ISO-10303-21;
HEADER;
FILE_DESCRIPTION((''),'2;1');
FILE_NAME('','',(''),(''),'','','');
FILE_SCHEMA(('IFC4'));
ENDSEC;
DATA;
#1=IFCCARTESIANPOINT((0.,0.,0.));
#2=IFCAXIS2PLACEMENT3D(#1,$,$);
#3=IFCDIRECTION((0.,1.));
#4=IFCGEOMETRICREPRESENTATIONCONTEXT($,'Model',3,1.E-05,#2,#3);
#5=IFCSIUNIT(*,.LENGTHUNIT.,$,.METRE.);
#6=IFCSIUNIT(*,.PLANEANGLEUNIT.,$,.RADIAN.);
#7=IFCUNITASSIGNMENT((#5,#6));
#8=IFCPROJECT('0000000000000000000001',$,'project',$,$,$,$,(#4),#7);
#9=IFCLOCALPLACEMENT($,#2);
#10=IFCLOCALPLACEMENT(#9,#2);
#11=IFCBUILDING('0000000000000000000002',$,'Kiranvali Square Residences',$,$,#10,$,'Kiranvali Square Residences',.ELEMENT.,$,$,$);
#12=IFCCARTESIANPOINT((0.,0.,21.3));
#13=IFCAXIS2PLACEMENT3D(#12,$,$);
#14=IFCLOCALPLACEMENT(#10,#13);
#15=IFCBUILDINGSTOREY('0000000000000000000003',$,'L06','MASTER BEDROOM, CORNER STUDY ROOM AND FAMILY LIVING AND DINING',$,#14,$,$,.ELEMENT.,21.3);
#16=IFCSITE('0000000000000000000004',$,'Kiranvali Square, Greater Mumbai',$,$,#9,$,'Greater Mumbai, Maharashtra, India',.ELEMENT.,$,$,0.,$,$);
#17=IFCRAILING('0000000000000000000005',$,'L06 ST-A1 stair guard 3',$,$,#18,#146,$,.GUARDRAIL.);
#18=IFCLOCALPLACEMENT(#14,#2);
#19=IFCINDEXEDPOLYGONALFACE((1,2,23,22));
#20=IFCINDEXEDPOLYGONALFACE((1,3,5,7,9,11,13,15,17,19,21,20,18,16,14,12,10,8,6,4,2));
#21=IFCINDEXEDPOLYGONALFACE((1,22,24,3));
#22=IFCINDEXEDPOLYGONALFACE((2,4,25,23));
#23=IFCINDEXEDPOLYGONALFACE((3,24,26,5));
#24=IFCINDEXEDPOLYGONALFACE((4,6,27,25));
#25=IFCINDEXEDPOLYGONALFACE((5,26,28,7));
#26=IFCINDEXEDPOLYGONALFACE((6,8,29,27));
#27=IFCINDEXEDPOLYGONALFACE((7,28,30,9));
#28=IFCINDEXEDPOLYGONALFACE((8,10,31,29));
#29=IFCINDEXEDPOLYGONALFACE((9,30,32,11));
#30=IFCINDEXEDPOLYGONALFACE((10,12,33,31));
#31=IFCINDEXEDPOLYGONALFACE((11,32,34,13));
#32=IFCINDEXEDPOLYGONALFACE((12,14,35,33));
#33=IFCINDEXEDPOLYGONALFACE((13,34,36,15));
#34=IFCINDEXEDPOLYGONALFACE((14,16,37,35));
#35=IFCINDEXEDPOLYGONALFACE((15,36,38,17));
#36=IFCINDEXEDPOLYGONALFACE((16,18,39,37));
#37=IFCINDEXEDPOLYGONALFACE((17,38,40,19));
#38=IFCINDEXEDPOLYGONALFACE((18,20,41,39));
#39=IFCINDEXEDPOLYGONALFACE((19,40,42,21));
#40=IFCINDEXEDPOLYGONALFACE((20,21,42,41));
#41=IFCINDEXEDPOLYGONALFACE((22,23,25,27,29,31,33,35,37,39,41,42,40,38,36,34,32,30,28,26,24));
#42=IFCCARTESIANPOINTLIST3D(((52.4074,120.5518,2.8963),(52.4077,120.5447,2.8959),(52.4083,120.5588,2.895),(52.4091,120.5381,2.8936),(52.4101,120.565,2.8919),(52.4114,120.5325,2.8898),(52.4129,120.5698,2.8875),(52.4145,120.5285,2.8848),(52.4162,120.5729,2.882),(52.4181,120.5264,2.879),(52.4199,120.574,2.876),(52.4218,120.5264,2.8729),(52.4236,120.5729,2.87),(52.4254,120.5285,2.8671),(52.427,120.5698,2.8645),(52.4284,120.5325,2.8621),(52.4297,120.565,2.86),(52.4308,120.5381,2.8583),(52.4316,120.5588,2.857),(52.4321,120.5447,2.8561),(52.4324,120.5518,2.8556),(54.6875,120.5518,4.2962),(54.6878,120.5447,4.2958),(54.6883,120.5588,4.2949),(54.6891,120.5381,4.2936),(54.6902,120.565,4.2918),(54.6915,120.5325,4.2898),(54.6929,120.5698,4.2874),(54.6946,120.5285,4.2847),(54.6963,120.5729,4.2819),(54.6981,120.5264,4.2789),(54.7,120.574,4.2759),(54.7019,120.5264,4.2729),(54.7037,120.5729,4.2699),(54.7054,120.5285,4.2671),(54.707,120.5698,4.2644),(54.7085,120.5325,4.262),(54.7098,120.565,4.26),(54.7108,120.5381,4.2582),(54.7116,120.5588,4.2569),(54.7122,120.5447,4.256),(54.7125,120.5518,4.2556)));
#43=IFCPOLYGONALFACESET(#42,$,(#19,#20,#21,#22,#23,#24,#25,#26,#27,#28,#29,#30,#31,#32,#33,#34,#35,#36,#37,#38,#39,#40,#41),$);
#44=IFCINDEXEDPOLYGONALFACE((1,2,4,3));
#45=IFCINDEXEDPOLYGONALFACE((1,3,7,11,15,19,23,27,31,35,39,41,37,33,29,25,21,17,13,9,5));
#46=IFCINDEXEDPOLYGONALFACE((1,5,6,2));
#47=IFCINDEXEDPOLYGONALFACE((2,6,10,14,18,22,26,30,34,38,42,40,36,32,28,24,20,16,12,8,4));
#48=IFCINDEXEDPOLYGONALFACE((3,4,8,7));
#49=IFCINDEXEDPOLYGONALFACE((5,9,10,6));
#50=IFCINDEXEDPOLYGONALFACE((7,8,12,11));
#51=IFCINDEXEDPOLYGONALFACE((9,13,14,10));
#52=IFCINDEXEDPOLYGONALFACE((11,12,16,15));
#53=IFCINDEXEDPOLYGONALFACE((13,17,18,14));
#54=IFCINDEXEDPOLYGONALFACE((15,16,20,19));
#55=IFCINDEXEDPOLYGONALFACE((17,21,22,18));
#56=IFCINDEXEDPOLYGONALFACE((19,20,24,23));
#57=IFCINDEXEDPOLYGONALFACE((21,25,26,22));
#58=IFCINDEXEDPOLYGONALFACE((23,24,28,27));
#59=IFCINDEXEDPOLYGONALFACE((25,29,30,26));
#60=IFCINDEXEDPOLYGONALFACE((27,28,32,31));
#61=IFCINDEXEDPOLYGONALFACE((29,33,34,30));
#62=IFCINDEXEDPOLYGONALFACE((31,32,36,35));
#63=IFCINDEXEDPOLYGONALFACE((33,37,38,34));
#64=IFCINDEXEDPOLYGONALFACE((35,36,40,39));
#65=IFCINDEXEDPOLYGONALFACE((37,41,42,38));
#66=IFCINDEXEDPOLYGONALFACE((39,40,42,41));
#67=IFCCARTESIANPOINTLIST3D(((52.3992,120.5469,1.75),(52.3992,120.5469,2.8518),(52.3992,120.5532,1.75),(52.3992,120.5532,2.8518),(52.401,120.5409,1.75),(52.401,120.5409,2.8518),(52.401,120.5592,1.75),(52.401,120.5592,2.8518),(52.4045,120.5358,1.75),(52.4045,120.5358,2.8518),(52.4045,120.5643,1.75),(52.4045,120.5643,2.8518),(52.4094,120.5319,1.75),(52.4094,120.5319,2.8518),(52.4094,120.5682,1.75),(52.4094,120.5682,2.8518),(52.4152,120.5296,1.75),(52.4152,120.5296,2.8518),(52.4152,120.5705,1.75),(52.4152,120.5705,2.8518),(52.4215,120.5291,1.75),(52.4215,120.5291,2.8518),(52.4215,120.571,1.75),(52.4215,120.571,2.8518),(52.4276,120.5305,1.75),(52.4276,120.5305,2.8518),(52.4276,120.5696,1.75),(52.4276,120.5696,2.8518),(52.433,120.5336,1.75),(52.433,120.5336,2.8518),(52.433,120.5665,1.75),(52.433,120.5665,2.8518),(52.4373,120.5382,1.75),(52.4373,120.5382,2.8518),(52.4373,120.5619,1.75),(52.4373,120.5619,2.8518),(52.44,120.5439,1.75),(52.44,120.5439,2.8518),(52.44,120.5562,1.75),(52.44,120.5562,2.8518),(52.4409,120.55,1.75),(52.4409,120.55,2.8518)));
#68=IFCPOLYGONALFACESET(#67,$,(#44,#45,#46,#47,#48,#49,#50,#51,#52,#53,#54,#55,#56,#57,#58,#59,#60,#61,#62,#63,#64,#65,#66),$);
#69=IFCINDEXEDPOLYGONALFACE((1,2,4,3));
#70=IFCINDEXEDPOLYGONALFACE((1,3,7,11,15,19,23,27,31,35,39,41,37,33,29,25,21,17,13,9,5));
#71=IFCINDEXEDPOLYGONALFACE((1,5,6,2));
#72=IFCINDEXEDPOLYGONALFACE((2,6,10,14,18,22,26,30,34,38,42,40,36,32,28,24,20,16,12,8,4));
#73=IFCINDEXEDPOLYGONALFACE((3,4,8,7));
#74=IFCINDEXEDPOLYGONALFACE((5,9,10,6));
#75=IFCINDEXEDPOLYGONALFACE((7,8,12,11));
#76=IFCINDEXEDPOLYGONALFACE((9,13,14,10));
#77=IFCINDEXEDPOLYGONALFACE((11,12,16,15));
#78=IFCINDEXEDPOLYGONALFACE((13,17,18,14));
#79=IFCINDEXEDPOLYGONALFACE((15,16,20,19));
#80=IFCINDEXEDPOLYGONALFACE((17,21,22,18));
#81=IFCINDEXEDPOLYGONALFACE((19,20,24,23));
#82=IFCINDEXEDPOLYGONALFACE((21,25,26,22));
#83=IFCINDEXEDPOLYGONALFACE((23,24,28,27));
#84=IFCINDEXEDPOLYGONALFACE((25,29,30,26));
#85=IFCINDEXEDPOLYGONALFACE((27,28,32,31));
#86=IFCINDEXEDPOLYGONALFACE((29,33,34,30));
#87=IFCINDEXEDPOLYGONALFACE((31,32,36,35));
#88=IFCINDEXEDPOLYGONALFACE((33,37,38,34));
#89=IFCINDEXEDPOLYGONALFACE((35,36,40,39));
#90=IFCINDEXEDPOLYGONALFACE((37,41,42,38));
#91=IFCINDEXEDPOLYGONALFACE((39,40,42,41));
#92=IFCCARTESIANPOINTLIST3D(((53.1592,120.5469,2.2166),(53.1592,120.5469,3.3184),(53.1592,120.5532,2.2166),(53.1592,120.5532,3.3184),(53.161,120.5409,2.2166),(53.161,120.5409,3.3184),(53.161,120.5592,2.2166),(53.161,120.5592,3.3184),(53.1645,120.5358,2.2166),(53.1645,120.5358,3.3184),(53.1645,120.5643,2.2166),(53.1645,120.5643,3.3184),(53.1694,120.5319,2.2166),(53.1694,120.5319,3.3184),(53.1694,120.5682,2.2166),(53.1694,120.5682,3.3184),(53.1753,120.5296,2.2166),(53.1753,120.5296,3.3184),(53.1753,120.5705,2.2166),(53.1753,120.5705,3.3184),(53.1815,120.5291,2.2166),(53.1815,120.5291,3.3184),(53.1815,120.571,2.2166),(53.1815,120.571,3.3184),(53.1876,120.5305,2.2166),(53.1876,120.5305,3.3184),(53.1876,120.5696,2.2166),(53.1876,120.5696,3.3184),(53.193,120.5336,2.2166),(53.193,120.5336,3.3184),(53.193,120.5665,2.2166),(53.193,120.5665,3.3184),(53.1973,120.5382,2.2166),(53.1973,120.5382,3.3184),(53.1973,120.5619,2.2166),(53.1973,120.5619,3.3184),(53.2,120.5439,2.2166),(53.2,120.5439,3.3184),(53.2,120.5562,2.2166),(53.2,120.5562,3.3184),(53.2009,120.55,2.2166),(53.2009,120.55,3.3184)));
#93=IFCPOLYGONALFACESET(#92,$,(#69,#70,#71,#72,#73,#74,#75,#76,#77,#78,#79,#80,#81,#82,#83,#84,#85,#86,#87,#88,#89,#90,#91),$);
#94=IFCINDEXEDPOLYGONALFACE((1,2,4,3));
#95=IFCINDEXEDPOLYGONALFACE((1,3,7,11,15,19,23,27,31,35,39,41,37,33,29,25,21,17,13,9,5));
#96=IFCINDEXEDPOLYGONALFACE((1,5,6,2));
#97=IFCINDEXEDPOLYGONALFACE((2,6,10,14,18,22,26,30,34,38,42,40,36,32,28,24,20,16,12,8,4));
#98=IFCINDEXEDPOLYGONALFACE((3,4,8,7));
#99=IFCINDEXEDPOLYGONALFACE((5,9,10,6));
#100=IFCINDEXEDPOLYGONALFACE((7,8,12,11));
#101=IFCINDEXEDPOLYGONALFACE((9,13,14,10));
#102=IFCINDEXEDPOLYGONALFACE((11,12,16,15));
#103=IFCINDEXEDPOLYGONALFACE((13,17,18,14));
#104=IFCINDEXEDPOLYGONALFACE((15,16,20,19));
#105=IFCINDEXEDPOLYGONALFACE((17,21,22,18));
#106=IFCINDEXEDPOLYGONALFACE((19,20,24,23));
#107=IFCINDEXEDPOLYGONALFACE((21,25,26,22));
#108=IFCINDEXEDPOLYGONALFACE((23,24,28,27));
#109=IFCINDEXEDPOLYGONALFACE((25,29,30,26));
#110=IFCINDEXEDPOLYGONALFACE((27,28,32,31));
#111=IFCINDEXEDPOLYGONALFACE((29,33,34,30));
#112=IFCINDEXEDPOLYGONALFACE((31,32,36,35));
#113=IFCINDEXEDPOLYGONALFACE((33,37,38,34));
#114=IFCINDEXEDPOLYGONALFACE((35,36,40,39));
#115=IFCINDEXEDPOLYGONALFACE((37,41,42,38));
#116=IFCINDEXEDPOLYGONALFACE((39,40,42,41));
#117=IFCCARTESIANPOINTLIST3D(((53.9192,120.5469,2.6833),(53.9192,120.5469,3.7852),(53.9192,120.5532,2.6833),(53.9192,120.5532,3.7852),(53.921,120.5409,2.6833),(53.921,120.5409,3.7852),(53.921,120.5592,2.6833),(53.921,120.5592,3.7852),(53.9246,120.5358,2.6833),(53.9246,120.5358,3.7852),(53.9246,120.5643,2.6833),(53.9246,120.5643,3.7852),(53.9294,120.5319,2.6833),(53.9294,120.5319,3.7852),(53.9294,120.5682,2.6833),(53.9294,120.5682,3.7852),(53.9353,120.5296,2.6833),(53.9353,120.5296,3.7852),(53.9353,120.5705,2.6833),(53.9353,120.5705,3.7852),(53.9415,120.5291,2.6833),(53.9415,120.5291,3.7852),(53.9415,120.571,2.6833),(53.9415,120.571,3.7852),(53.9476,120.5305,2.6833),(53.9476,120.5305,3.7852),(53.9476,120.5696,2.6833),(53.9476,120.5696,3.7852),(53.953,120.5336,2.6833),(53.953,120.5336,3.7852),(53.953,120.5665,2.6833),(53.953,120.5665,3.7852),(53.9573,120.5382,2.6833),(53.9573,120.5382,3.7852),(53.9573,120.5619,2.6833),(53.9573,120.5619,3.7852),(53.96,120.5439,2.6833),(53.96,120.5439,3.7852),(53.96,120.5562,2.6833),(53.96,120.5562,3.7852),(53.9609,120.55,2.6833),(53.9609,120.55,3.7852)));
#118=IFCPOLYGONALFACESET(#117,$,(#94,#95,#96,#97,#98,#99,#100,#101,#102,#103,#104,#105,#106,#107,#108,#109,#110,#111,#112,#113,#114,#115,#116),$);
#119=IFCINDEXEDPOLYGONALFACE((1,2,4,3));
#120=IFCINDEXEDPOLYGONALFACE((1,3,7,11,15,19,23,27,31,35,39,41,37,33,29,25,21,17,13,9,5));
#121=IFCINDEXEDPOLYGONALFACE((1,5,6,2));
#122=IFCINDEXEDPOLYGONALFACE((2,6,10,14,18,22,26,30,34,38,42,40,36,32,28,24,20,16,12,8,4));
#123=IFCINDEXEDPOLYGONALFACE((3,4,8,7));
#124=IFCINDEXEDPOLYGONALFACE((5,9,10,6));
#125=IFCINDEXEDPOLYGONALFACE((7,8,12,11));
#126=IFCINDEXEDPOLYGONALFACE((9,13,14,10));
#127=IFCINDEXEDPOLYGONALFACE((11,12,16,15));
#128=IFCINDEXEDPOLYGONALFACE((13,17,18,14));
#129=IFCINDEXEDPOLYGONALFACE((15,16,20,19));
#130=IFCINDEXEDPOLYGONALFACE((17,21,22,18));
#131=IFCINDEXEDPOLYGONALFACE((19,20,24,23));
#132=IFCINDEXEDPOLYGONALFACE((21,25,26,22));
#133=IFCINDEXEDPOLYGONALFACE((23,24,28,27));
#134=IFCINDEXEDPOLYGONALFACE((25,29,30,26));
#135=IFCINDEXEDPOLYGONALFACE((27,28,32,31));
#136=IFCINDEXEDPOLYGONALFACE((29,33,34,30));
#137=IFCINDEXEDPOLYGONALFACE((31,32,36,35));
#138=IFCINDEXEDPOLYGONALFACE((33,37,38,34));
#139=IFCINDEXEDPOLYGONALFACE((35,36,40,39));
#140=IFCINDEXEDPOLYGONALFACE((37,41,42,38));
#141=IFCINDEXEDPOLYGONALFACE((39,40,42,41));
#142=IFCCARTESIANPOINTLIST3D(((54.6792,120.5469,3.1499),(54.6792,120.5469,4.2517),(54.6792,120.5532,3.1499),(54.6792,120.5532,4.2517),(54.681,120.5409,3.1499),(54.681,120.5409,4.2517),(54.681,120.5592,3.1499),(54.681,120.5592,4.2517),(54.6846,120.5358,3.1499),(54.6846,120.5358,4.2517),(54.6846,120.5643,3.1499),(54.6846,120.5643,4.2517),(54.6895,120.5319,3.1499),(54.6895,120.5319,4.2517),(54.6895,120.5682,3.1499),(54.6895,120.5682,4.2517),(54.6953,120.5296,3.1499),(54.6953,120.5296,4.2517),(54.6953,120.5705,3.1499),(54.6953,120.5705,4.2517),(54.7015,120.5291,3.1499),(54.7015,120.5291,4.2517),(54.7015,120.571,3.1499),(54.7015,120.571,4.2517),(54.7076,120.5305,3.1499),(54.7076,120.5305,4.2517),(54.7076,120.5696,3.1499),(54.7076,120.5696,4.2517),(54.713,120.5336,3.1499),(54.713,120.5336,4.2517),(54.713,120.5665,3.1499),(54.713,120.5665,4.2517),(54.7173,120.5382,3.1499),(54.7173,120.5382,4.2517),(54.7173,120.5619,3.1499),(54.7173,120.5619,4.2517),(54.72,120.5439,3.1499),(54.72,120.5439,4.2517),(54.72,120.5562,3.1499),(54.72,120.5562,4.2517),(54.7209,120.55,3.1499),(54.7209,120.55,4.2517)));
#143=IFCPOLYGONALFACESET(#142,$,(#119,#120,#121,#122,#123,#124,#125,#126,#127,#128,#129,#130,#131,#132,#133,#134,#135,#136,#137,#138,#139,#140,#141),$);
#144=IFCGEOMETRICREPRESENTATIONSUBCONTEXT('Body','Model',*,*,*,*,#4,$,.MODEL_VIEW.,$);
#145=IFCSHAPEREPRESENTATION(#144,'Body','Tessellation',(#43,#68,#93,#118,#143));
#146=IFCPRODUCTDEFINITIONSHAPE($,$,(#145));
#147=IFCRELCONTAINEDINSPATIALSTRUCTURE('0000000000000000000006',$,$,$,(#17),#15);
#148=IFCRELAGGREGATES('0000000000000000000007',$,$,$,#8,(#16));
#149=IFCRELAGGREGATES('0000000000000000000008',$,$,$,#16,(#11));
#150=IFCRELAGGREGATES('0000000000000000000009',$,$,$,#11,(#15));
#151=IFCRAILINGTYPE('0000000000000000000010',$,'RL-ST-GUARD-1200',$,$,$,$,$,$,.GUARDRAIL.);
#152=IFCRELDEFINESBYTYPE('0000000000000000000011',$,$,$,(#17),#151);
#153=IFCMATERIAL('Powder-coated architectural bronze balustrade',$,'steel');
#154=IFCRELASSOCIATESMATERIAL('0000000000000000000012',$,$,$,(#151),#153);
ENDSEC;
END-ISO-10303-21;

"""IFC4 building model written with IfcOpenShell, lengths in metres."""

from ifc_helpers import new_model, si_unit, direction, frame, origin, origin_2d, place, context, subcontext, project, spatial, circle, extrude, material, type_object, element, save


model = new_model("IFC4")

# Units and contexts
model_context = context("Model", 3, precision=1e-05, world=origin(), true_north=direction((0.0, 1.0)))
body_context = subcontext(model_context, "Body", "Model", "MODEL_VIEW")
ifc_project = project(units=[si_unit("LENGTHUNIT", "METRE"), si_unit("PLANEANGLEUNIT", "RADIAN")], contexts=[model_context])

# Site, building, storey
site_placement = place(None, origin())
site = spatial("IfcSite", under=ifc_project, at=site_placement, Name="Kiranvali Square, Greater Mumbai", LongName="Greater Mumbai, Maharashtra, India", CompositionType="ELEMENT", RefElevation=0.0)
building_placement = place(site_placement, origin())
building = spatial("IfcBuilding", under=site, at=building_placement, Name="Kiranvali Square Residences", LongName="Kiranvali Square Residences", CompositionType="ELEMENT")
storey_placement = place(building_placement, frame((0.0, 0.0, 21.3)))
storey = spatial("IfcBuildingStorey", under=building, at=storey_placement, Name="L06", Description="MASTER BEDROOM, CORNER STUDY ROOM AND FAMILY LIVING AND DINING", CompositionType="ELEMENT", Elevation=21.3)

# Railing
ifc_material_1 = material(Name="Powder-coated architectural bronze balustrade", Category="steel")
railing_type_1 = type_object("IfcRailingType", Name="RL-ST-GUARD-1200", PredefinedType="GUARDRAIL", material=ifc_material_1)
railing_1_placement = place(storey_placement, frame((52.4199, 120.55, 1.75)))
element("IfcRailing", 1, at=railing_1_placement, inside=storey, type_object=railing_type_1, Name="L06 ST-A1 stair guard 3", PredefinedType="GUARDRAIL", context=body_context, shape_type="SweptSolid", body=[
    extrude(circle(Radius=0.0239, at=origin_2d()), frame((0.0, 0.0, 1.126), z_axis=(0.85219, 0.0, 0.523232), x_axis=(0.0, 1.0, 0.0)), (0.0, 0.0, 1.0), 2.6755),
    extrude(circle(Radius=0.021, at=origin_2d()), origin(), (0.0, 0.0, 1.0), 1.1018),
    extrude(circle(Radius=0.021, at=origin_2d()), frame((0.76, 0.0, 0.4666)), (0.0, 0.0, 1.0), 1.1018),
    extrude(circle(Radius=0.021, at=origin_2d()), frame((1.52, 0.0, 0.9333)), (0.0, 0.0, 1.0), 1.1018),
    extrude(circle(Radius=0.021, at=origin_2d()), frame((2.28, 0.0, 1.3999)), (0.0, 0.0, 1.0), 1.1018),
])

save(model, "model.ifc")
